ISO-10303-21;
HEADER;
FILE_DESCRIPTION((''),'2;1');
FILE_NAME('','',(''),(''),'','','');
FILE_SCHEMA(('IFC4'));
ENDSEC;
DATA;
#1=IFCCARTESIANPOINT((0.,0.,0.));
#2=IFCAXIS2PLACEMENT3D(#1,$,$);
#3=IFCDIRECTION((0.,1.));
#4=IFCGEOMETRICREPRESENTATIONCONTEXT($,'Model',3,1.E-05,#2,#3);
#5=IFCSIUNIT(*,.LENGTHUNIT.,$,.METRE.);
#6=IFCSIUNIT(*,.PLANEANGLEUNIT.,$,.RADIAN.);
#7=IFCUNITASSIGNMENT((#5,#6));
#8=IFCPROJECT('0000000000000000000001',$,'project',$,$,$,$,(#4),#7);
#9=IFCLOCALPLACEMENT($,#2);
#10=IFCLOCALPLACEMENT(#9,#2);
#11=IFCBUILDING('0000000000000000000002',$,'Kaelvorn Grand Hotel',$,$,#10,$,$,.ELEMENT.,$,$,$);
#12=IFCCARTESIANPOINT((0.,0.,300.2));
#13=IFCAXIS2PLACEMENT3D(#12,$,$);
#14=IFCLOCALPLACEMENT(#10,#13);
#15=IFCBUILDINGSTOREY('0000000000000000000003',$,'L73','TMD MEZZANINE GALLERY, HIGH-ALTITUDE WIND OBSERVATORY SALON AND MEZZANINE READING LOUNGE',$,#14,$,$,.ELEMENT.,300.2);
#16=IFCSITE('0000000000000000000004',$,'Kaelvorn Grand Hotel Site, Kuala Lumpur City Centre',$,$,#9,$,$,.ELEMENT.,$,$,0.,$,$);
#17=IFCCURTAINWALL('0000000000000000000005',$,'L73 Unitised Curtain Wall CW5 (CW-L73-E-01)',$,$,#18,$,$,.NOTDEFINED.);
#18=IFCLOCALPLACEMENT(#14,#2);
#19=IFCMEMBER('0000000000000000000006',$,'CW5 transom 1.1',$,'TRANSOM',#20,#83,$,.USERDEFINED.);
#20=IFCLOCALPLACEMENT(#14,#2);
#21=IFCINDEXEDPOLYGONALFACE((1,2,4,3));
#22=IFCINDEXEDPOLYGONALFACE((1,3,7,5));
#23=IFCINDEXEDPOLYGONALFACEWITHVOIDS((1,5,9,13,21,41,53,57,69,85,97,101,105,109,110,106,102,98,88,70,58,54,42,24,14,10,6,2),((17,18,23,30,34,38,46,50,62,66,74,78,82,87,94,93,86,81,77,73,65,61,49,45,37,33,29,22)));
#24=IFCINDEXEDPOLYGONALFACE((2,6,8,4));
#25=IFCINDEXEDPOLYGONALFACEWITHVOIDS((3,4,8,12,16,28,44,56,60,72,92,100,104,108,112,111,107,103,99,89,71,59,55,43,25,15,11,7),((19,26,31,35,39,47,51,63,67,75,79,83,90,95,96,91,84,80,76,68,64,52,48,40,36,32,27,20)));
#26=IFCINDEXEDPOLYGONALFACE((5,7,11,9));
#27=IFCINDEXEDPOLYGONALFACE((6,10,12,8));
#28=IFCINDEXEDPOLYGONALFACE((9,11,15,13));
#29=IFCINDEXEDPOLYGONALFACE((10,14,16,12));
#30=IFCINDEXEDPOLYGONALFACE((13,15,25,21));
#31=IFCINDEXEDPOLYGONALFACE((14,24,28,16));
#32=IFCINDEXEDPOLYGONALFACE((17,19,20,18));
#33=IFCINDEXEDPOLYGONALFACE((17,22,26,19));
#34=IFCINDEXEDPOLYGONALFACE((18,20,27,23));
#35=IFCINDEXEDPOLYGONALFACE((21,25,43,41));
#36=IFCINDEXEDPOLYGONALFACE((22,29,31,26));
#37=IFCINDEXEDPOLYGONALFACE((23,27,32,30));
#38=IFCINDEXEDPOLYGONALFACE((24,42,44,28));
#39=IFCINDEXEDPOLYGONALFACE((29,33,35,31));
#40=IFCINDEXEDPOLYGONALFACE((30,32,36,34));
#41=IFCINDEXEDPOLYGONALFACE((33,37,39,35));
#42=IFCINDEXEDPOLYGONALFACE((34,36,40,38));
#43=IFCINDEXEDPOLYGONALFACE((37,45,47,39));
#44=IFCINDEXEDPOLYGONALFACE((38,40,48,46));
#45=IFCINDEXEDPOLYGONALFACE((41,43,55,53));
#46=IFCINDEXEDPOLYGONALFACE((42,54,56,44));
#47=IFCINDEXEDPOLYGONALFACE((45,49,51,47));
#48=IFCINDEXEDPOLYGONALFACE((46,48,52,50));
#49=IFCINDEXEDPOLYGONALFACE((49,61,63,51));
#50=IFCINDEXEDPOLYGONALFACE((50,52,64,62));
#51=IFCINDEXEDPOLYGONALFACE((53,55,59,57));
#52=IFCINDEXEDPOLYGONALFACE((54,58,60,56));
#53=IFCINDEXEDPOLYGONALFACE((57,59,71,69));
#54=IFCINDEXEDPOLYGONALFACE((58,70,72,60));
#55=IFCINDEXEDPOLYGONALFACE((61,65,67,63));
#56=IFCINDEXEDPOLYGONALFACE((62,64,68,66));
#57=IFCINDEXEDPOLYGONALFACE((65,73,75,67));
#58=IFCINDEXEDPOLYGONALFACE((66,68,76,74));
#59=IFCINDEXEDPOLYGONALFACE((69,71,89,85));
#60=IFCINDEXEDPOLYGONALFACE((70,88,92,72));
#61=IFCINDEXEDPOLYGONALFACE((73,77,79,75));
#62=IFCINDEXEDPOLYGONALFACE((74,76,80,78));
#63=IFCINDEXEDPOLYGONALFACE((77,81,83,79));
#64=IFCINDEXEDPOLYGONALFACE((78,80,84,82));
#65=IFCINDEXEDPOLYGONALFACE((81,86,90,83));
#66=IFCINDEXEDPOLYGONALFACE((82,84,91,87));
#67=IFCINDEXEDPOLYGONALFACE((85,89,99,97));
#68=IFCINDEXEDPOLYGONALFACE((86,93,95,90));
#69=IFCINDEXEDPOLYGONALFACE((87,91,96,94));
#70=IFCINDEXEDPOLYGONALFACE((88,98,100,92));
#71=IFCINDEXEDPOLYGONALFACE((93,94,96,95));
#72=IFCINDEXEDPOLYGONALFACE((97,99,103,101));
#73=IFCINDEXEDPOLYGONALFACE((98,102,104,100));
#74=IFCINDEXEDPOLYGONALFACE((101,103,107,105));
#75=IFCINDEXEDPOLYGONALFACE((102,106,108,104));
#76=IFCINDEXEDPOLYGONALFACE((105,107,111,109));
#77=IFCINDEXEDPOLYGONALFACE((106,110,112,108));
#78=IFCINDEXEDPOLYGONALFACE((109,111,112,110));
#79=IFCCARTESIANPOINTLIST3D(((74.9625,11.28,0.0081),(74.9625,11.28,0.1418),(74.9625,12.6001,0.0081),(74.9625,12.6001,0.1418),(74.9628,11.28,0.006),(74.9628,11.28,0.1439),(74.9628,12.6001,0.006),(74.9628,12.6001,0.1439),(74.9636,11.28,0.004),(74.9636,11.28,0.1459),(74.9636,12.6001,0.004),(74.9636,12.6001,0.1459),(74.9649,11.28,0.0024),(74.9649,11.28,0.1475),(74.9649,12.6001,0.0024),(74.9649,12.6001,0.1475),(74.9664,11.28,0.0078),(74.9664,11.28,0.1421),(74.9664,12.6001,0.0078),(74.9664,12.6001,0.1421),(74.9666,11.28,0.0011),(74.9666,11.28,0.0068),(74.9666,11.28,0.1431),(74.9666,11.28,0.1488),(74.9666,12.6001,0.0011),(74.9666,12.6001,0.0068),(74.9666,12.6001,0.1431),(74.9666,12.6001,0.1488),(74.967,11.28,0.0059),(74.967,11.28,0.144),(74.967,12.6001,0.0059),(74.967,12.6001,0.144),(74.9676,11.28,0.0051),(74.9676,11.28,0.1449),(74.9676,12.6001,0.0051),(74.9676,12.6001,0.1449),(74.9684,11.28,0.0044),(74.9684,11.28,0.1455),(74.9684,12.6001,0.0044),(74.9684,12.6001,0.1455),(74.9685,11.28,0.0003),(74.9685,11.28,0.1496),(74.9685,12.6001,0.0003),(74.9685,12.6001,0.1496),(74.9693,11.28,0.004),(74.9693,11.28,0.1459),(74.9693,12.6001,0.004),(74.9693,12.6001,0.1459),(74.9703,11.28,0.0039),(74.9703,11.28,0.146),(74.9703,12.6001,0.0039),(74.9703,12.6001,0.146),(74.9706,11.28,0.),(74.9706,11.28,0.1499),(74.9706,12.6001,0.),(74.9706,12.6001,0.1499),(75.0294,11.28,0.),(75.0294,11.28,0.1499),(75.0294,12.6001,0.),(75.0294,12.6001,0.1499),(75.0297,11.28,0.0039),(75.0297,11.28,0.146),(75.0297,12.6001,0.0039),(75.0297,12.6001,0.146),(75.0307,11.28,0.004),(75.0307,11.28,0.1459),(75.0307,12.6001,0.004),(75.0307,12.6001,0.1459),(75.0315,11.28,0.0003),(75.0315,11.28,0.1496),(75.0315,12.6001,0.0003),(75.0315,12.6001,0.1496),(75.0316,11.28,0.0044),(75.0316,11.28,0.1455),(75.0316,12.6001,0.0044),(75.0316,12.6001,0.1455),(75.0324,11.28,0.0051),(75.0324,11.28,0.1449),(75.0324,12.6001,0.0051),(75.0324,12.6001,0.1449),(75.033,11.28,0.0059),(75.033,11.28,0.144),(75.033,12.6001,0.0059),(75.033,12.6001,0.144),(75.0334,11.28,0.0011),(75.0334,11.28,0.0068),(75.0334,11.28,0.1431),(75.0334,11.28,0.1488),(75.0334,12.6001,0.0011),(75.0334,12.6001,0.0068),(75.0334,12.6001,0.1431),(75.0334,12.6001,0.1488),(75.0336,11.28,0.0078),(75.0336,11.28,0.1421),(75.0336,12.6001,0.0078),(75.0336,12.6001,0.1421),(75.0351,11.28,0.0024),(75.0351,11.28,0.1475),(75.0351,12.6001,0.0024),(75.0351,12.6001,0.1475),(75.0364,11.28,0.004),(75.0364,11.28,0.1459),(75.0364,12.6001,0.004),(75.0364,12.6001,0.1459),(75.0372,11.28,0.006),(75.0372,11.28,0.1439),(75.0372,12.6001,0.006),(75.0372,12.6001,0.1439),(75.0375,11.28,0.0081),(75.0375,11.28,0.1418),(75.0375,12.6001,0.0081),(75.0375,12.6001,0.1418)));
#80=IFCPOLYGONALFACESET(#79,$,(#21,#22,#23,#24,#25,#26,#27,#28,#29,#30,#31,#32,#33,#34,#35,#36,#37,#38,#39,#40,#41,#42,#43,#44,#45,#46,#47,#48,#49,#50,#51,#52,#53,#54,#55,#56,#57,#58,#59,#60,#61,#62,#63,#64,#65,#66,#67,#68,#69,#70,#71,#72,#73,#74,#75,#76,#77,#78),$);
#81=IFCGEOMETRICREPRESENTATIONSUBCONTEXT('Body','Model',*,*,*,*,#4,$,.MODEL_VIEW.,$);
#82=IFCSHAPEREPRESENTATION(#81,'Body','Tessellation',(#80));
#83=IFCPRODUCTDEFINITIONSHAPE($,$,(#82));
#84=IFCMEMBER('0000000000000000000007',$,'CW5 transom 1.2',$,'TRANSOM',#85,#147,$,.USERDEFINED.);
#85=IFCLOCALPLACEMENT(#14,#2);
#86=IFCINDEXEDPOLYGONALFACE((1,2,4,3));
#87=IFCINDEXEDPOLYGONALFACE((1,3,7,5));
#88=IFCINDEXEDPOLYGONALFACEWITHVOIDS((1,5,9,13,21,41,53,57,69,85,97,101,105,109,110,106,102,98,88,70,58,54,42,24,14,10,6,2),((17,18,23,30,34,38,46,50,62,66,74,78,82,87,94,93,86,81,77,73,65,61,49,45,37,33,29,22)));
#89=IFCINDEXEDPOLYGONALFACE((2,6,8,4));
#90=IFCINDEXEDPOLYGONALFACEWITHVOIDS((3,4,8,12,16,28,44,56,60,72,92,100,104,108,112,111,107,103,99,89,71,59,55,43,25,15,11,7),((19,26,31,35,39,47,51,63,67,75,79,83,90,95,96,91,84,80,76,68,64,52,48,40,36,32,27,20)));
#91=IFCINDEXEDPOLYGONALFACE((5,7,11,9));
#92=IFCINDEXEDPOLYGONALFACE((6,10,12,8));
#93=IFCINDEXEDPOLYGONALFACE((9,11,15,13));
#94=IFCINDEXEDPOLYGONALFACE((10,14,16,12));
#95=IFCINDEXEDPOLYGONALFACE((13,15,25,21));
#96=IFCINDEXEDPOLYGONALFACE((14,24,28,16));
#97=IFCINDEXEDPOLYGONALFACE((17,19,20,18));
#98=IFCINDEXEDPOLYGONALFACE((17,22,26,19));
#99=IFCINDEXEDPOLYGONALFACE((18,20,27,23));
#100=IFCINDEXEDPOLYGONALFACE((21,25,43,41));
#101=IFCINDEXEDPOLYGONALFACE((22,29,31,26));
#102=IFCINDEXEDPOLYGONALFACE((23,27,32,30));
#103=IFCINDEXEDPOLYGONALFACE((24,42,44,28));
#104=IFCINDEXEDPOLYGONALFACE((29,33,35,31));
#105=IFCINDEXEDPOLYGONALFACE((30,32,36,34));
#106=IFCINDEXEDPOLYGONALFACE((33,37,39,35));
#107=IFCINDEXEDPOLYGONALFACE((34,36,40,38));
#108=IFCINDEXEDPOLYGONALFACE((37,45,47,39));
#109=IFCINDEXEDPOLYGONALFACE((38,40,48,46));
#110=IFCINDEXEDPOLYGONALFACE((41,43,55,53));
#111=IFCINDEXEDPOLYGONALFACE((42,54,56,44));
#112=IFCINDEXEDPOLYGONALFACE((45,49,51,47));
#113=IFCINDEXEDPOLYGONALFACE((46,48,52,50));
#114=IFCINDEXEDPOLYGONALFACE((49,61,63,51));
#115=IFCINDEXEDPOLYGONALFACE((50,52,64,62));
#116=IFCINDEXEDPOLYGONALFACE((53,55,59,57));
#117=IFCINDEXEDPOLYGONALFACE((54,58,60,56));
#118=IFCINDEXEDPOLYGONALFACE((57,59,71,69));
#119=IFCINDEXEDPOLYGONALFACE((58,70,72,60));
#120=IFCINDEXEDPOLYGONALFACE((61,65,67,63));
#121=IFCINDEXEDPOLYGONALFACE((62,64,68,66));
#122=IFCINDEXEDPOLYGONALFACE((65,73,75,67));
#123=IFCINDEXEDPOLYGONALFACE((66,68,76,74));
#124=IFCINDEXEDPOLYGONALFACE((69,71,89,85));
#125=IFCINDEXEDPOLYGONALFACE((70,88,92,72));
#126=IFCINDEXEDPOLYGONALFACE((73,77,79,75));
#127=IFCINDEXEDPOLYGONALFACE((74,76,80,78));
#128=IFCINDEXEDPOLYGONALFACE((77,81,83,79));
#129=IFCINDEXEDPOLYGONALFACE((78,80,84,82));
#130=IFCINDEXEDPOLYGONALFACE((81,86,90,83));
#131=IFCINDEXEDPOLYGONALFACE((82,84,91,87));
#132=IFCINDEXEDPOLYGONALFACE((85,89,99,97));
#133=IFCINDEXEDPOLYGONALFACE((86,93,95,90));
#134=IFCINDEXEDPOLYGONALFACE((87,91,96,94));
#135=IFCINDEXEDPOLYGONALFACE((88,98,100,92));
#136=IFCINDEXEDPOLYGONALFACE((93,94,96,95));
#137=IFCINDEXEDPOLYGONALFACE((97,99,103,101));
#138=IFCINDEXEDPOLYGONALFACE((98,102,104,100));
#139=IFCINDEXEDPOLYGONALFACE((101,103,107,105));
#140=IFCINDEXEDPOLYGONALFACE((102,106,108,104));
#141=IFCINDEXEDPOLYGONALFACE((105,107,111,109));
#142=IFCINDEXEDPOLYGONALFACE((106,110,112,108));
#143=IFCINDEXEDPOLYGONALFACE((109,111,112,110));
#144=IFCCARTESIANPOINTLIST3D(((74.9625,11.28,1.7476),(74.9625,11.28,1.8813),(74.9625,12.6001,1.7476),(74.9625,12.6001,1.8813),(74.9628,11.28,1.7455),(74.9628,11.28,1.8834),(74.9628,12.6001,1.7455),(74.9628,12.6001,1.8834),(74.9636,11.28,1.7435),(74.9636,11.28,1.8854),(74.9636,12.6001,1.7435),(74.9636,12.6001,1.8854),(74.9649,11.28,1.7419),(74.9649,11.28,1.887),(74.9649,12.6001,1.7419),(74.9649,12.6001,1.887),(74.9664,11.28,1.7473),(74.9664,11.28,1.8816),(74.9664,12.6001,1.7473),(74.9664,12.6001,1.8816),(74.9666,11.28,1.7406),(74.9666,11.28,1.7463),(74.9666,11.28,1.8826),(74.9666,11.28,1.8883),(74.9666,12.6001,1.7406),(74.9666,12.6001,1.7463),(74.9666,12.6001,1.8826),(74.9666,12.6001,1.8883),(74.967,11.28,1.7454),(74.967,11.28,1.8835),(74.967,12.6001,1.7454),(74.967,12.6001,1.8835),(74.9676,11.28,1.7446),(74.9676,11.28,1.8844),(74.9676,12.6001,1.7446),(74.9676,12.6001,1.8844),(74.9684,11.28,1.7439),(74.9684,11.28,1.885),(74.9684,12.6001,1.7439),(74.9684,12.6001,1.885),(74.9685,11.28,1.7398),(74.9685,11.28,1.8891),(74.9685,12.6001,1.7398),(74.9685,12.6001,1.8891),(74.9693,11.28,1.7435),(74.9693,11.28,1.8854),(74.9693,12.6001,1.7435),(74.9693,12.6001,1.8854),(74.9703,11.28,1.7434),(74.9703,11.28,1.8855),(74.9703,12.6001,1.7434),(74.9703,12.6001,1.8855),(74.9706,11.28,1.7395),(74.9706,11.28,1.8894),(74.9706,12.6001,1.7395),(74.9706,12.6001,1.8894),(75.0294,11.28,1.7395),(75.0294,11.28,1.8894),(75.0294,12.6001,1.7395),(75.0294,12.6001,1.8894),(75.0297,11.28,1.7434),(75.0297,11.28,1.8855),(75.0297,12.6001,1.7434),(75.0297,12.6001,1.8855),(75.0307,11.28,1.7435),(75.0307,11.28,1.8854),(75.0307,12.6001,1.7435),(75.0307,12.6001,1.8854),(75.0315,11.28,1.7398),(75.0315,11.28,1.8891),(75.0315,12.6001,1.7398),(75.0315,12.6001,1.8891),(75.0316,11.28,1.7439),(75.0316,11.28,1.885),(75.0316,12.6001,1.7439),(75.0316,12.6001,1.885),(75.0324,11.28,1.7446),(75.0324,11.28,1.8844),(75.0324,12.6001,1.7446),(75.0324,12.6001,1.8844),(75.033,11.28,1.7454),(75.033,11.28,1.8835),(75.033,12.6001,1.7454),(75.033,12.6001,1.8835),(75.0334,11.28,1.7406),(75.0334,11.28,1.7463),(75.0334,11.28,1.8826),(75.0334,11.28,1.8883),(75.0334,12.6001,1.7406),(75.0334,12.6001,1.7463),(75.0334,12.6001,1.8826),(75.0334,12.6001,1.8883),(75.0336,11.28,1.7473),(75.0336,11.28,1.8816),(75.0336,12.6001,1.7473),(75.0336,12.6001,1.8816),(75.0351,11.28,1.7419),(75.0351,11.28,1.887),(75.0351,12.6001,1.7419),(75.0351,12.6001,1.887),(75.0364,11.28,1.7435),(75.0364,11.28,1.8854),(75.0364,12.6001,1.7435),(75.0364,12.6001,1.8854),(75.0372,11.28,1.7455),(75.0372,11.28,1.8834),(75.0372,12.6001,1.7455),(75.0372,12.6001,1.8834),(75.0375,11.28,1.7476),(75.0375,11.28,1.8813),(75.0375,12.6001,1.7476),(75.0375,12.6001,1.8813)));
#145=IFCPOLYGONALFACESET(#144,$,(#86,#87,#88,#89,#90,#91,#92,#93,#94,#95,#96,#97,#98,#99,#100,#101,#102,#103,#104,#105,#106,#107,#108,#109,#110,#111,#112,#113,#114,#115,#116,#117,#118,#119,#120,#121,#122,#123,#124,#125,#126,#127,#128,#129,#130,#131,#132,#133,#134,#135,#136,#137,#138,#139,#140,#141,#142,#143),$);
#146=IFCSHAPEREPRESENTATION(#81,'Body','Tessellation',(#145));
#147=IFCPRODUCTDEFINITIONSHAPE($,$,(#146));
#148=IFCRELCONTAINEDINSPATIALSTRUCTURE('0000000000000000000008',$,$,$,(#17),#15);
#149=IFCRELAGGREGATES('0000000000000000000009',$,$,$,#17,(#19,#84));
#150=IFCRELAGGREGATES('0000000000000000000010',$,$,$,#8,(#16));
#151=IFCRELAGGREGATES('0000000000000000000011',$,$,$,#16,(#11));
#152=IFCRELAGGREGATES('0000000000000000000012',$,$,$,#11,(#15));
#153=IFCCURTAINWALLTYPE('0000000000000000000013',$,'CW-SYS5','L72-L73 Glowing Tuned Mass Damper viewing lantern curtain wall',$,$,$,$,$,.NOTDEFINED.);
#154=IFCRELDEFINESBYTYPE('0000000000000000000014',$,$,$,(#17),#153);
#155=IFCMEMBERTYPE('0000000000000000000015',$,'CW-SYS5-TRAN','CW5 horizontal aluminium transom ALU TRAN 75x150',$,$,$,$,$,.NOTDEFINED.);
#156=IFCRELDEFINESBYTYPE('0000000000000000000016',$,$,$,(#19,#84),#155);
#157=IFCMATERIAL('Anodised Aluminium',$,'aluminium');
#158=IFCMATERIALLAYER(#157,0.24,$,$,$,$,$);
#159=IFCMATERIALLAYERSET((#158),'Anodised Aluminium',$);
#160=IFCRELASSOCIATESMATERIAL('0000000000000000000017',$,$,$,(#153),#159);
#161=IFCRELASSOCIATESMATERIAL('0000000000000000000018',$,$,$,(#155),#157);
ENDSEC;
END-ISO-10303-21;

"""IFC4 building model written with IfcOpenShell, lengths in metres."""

from ifc_helpers import new_model, si_unit, direction, frame, origin, origin_2d, place, context, subcontext, project, spatial, hollow_rectangle, extrude, material, layer, layer_set, material_profile, profile_set, type_object, element, aggregate, save


model = new_model("IFC4")

# Units and contexts
model_context = context("Model", 3, precision=1e-05, world=origin(), true_north=direction((0.0, 1.0)))
body_context = subcontext(model_context, "Body", "Model", "MODEL_VIEW")
ifc_project = project(units=[si_unit("LENGTHUNIT", "METRE"), si_unit("PLANEANGLEUNIT", "RADIAN")], contexts=[model_context])

# Site, building, storey
site_placement = place(None, origin())
site = spatial("IfcSite", under=ifc_project, at=site_placement, Name="Kaelvorn Grand Hotel Site, Kuala Lumpur City Centre", CompositionType="ELEMENT", RefElevation=0.0)
building_placement = place(site_placement, origin())
building = spatial("IfcBuilding", under=site, at=building_placement, Name="Kaelvorn Grand Hotel", CompositionType="ELEMENT")
storey_placement = place(building_placement, frame((0.0, 0.0, 300.2)))
storey = spatial("IfcBuildingStorey", under=building, at=storey_placement, Name="L73", Description="TMD MEZZANINE GALLERY, HIGH-ALTITUDE WIND OBSERVATORY SALON AND MEZZANINE READING LOUNGE", CompositionType="ELEMENT", Elevation=300.2)

# Shared definitions
ifc_material_1 = material(Name="Anodised Aluminium", Category="aluminium")
ifc_layer_1 = layer(ifc_material_1, 0.24)
ifc_layer_set_1 = layer_set([ifc_layer_1], Name="Anodised Aluminium")
curtain_wall_type = type_object("IfcCurtainWallType", Name="CW-SYS5", Description="L72-L73 Glowing Tuned Mass Damper viewing lantern curtain wall", PredefinedType="NOTDEFINED", material=ifc_layer_set_1)

# Curtain wall, members
curtain_wall_1_placement = place(storey_placement, origin())
curtain_wall_1 = element("IfcCurtainWall", 1, at=curtain_wall_1_placement, inside=storey, type_object=curtain_wall_type, Name="L73 Unitised Curtain Wall CW5 (CW-L73-E-01)", PredefinedType="NOTDEFINED")
ifc_material_profile_1 = material_profile(ifc_material_1, hollow_rectangle(XDim=0.075, YDim=0.1499, WallThickness=0.0039, InnerFilletRadius=0.0039, OuterFilletRadius=0.0081, at=origin_2d()), Name="ALU TRAN 75x150")
ifc_profile_set_1 = profile_set([ifc_material_profile_1], Name="Anodised Aluminium")
member_type_1 = type_object("IfcMemberType", Name="CW-SYS5-TRAN", Description="CW5 horizontal aluminium transom ALU TRAN 75x150", PredefinedType="NOTDEFINED", material=ifc_profile_set_1)
member_1_placement = place(storey_placement, frame((75.0, 11.28, 0.075), z_axis=(0.0, 1.0, 0.0), x_axis=(-1.0, 0.0, 0.0)))
member_1 = element("IfcMember", 2, at=member_1_placement, type_object=member_type_1, Name="CW5 transom 1.1", ObjectType="TRANSOM", PredefinedType="USERDEFINED", context=body_context, shape_type="SweptSolid", body=[
    extrude(hollow_rectangle(XDim=0.075, YDim=0.1499, WallThickness=0.0039, InnerFilletRadius=0.0039, OuterFilletRadius=0.0081, at=origin_2d()), origin(), (0.0, 0.0, 1.0), 1.3201),
])
member_2_placement = place(storey_placement, frame((75.0, 11.28, 1.8145), z_axis=(0.0, 1.0, 0.0), x_axis=(-1.0, 0.0, 0.0)))
member_2 = element("IfcMember", 3, at=member_2_placement, type_object=member_type_1, Name="CW5 transom 1.2", ObjectType="TRANSOM", PredefinedType="USERDEFINED", context=body_context, shape_type="SweptSolid", body=[
    extrude(hollow_rectangle(XDim=0.075, YDim=0.1499, WallThickness=0.0039, InnerFilletRadius=0.0039, OuterFilletRadius=0.0081, at=origin_2d()), origin(), (0.0, 0.0, 1.0), 1.3201),
])
aggregate(curtain_wall_1, [member_1, member_2])

save(model, "model.ifc")
